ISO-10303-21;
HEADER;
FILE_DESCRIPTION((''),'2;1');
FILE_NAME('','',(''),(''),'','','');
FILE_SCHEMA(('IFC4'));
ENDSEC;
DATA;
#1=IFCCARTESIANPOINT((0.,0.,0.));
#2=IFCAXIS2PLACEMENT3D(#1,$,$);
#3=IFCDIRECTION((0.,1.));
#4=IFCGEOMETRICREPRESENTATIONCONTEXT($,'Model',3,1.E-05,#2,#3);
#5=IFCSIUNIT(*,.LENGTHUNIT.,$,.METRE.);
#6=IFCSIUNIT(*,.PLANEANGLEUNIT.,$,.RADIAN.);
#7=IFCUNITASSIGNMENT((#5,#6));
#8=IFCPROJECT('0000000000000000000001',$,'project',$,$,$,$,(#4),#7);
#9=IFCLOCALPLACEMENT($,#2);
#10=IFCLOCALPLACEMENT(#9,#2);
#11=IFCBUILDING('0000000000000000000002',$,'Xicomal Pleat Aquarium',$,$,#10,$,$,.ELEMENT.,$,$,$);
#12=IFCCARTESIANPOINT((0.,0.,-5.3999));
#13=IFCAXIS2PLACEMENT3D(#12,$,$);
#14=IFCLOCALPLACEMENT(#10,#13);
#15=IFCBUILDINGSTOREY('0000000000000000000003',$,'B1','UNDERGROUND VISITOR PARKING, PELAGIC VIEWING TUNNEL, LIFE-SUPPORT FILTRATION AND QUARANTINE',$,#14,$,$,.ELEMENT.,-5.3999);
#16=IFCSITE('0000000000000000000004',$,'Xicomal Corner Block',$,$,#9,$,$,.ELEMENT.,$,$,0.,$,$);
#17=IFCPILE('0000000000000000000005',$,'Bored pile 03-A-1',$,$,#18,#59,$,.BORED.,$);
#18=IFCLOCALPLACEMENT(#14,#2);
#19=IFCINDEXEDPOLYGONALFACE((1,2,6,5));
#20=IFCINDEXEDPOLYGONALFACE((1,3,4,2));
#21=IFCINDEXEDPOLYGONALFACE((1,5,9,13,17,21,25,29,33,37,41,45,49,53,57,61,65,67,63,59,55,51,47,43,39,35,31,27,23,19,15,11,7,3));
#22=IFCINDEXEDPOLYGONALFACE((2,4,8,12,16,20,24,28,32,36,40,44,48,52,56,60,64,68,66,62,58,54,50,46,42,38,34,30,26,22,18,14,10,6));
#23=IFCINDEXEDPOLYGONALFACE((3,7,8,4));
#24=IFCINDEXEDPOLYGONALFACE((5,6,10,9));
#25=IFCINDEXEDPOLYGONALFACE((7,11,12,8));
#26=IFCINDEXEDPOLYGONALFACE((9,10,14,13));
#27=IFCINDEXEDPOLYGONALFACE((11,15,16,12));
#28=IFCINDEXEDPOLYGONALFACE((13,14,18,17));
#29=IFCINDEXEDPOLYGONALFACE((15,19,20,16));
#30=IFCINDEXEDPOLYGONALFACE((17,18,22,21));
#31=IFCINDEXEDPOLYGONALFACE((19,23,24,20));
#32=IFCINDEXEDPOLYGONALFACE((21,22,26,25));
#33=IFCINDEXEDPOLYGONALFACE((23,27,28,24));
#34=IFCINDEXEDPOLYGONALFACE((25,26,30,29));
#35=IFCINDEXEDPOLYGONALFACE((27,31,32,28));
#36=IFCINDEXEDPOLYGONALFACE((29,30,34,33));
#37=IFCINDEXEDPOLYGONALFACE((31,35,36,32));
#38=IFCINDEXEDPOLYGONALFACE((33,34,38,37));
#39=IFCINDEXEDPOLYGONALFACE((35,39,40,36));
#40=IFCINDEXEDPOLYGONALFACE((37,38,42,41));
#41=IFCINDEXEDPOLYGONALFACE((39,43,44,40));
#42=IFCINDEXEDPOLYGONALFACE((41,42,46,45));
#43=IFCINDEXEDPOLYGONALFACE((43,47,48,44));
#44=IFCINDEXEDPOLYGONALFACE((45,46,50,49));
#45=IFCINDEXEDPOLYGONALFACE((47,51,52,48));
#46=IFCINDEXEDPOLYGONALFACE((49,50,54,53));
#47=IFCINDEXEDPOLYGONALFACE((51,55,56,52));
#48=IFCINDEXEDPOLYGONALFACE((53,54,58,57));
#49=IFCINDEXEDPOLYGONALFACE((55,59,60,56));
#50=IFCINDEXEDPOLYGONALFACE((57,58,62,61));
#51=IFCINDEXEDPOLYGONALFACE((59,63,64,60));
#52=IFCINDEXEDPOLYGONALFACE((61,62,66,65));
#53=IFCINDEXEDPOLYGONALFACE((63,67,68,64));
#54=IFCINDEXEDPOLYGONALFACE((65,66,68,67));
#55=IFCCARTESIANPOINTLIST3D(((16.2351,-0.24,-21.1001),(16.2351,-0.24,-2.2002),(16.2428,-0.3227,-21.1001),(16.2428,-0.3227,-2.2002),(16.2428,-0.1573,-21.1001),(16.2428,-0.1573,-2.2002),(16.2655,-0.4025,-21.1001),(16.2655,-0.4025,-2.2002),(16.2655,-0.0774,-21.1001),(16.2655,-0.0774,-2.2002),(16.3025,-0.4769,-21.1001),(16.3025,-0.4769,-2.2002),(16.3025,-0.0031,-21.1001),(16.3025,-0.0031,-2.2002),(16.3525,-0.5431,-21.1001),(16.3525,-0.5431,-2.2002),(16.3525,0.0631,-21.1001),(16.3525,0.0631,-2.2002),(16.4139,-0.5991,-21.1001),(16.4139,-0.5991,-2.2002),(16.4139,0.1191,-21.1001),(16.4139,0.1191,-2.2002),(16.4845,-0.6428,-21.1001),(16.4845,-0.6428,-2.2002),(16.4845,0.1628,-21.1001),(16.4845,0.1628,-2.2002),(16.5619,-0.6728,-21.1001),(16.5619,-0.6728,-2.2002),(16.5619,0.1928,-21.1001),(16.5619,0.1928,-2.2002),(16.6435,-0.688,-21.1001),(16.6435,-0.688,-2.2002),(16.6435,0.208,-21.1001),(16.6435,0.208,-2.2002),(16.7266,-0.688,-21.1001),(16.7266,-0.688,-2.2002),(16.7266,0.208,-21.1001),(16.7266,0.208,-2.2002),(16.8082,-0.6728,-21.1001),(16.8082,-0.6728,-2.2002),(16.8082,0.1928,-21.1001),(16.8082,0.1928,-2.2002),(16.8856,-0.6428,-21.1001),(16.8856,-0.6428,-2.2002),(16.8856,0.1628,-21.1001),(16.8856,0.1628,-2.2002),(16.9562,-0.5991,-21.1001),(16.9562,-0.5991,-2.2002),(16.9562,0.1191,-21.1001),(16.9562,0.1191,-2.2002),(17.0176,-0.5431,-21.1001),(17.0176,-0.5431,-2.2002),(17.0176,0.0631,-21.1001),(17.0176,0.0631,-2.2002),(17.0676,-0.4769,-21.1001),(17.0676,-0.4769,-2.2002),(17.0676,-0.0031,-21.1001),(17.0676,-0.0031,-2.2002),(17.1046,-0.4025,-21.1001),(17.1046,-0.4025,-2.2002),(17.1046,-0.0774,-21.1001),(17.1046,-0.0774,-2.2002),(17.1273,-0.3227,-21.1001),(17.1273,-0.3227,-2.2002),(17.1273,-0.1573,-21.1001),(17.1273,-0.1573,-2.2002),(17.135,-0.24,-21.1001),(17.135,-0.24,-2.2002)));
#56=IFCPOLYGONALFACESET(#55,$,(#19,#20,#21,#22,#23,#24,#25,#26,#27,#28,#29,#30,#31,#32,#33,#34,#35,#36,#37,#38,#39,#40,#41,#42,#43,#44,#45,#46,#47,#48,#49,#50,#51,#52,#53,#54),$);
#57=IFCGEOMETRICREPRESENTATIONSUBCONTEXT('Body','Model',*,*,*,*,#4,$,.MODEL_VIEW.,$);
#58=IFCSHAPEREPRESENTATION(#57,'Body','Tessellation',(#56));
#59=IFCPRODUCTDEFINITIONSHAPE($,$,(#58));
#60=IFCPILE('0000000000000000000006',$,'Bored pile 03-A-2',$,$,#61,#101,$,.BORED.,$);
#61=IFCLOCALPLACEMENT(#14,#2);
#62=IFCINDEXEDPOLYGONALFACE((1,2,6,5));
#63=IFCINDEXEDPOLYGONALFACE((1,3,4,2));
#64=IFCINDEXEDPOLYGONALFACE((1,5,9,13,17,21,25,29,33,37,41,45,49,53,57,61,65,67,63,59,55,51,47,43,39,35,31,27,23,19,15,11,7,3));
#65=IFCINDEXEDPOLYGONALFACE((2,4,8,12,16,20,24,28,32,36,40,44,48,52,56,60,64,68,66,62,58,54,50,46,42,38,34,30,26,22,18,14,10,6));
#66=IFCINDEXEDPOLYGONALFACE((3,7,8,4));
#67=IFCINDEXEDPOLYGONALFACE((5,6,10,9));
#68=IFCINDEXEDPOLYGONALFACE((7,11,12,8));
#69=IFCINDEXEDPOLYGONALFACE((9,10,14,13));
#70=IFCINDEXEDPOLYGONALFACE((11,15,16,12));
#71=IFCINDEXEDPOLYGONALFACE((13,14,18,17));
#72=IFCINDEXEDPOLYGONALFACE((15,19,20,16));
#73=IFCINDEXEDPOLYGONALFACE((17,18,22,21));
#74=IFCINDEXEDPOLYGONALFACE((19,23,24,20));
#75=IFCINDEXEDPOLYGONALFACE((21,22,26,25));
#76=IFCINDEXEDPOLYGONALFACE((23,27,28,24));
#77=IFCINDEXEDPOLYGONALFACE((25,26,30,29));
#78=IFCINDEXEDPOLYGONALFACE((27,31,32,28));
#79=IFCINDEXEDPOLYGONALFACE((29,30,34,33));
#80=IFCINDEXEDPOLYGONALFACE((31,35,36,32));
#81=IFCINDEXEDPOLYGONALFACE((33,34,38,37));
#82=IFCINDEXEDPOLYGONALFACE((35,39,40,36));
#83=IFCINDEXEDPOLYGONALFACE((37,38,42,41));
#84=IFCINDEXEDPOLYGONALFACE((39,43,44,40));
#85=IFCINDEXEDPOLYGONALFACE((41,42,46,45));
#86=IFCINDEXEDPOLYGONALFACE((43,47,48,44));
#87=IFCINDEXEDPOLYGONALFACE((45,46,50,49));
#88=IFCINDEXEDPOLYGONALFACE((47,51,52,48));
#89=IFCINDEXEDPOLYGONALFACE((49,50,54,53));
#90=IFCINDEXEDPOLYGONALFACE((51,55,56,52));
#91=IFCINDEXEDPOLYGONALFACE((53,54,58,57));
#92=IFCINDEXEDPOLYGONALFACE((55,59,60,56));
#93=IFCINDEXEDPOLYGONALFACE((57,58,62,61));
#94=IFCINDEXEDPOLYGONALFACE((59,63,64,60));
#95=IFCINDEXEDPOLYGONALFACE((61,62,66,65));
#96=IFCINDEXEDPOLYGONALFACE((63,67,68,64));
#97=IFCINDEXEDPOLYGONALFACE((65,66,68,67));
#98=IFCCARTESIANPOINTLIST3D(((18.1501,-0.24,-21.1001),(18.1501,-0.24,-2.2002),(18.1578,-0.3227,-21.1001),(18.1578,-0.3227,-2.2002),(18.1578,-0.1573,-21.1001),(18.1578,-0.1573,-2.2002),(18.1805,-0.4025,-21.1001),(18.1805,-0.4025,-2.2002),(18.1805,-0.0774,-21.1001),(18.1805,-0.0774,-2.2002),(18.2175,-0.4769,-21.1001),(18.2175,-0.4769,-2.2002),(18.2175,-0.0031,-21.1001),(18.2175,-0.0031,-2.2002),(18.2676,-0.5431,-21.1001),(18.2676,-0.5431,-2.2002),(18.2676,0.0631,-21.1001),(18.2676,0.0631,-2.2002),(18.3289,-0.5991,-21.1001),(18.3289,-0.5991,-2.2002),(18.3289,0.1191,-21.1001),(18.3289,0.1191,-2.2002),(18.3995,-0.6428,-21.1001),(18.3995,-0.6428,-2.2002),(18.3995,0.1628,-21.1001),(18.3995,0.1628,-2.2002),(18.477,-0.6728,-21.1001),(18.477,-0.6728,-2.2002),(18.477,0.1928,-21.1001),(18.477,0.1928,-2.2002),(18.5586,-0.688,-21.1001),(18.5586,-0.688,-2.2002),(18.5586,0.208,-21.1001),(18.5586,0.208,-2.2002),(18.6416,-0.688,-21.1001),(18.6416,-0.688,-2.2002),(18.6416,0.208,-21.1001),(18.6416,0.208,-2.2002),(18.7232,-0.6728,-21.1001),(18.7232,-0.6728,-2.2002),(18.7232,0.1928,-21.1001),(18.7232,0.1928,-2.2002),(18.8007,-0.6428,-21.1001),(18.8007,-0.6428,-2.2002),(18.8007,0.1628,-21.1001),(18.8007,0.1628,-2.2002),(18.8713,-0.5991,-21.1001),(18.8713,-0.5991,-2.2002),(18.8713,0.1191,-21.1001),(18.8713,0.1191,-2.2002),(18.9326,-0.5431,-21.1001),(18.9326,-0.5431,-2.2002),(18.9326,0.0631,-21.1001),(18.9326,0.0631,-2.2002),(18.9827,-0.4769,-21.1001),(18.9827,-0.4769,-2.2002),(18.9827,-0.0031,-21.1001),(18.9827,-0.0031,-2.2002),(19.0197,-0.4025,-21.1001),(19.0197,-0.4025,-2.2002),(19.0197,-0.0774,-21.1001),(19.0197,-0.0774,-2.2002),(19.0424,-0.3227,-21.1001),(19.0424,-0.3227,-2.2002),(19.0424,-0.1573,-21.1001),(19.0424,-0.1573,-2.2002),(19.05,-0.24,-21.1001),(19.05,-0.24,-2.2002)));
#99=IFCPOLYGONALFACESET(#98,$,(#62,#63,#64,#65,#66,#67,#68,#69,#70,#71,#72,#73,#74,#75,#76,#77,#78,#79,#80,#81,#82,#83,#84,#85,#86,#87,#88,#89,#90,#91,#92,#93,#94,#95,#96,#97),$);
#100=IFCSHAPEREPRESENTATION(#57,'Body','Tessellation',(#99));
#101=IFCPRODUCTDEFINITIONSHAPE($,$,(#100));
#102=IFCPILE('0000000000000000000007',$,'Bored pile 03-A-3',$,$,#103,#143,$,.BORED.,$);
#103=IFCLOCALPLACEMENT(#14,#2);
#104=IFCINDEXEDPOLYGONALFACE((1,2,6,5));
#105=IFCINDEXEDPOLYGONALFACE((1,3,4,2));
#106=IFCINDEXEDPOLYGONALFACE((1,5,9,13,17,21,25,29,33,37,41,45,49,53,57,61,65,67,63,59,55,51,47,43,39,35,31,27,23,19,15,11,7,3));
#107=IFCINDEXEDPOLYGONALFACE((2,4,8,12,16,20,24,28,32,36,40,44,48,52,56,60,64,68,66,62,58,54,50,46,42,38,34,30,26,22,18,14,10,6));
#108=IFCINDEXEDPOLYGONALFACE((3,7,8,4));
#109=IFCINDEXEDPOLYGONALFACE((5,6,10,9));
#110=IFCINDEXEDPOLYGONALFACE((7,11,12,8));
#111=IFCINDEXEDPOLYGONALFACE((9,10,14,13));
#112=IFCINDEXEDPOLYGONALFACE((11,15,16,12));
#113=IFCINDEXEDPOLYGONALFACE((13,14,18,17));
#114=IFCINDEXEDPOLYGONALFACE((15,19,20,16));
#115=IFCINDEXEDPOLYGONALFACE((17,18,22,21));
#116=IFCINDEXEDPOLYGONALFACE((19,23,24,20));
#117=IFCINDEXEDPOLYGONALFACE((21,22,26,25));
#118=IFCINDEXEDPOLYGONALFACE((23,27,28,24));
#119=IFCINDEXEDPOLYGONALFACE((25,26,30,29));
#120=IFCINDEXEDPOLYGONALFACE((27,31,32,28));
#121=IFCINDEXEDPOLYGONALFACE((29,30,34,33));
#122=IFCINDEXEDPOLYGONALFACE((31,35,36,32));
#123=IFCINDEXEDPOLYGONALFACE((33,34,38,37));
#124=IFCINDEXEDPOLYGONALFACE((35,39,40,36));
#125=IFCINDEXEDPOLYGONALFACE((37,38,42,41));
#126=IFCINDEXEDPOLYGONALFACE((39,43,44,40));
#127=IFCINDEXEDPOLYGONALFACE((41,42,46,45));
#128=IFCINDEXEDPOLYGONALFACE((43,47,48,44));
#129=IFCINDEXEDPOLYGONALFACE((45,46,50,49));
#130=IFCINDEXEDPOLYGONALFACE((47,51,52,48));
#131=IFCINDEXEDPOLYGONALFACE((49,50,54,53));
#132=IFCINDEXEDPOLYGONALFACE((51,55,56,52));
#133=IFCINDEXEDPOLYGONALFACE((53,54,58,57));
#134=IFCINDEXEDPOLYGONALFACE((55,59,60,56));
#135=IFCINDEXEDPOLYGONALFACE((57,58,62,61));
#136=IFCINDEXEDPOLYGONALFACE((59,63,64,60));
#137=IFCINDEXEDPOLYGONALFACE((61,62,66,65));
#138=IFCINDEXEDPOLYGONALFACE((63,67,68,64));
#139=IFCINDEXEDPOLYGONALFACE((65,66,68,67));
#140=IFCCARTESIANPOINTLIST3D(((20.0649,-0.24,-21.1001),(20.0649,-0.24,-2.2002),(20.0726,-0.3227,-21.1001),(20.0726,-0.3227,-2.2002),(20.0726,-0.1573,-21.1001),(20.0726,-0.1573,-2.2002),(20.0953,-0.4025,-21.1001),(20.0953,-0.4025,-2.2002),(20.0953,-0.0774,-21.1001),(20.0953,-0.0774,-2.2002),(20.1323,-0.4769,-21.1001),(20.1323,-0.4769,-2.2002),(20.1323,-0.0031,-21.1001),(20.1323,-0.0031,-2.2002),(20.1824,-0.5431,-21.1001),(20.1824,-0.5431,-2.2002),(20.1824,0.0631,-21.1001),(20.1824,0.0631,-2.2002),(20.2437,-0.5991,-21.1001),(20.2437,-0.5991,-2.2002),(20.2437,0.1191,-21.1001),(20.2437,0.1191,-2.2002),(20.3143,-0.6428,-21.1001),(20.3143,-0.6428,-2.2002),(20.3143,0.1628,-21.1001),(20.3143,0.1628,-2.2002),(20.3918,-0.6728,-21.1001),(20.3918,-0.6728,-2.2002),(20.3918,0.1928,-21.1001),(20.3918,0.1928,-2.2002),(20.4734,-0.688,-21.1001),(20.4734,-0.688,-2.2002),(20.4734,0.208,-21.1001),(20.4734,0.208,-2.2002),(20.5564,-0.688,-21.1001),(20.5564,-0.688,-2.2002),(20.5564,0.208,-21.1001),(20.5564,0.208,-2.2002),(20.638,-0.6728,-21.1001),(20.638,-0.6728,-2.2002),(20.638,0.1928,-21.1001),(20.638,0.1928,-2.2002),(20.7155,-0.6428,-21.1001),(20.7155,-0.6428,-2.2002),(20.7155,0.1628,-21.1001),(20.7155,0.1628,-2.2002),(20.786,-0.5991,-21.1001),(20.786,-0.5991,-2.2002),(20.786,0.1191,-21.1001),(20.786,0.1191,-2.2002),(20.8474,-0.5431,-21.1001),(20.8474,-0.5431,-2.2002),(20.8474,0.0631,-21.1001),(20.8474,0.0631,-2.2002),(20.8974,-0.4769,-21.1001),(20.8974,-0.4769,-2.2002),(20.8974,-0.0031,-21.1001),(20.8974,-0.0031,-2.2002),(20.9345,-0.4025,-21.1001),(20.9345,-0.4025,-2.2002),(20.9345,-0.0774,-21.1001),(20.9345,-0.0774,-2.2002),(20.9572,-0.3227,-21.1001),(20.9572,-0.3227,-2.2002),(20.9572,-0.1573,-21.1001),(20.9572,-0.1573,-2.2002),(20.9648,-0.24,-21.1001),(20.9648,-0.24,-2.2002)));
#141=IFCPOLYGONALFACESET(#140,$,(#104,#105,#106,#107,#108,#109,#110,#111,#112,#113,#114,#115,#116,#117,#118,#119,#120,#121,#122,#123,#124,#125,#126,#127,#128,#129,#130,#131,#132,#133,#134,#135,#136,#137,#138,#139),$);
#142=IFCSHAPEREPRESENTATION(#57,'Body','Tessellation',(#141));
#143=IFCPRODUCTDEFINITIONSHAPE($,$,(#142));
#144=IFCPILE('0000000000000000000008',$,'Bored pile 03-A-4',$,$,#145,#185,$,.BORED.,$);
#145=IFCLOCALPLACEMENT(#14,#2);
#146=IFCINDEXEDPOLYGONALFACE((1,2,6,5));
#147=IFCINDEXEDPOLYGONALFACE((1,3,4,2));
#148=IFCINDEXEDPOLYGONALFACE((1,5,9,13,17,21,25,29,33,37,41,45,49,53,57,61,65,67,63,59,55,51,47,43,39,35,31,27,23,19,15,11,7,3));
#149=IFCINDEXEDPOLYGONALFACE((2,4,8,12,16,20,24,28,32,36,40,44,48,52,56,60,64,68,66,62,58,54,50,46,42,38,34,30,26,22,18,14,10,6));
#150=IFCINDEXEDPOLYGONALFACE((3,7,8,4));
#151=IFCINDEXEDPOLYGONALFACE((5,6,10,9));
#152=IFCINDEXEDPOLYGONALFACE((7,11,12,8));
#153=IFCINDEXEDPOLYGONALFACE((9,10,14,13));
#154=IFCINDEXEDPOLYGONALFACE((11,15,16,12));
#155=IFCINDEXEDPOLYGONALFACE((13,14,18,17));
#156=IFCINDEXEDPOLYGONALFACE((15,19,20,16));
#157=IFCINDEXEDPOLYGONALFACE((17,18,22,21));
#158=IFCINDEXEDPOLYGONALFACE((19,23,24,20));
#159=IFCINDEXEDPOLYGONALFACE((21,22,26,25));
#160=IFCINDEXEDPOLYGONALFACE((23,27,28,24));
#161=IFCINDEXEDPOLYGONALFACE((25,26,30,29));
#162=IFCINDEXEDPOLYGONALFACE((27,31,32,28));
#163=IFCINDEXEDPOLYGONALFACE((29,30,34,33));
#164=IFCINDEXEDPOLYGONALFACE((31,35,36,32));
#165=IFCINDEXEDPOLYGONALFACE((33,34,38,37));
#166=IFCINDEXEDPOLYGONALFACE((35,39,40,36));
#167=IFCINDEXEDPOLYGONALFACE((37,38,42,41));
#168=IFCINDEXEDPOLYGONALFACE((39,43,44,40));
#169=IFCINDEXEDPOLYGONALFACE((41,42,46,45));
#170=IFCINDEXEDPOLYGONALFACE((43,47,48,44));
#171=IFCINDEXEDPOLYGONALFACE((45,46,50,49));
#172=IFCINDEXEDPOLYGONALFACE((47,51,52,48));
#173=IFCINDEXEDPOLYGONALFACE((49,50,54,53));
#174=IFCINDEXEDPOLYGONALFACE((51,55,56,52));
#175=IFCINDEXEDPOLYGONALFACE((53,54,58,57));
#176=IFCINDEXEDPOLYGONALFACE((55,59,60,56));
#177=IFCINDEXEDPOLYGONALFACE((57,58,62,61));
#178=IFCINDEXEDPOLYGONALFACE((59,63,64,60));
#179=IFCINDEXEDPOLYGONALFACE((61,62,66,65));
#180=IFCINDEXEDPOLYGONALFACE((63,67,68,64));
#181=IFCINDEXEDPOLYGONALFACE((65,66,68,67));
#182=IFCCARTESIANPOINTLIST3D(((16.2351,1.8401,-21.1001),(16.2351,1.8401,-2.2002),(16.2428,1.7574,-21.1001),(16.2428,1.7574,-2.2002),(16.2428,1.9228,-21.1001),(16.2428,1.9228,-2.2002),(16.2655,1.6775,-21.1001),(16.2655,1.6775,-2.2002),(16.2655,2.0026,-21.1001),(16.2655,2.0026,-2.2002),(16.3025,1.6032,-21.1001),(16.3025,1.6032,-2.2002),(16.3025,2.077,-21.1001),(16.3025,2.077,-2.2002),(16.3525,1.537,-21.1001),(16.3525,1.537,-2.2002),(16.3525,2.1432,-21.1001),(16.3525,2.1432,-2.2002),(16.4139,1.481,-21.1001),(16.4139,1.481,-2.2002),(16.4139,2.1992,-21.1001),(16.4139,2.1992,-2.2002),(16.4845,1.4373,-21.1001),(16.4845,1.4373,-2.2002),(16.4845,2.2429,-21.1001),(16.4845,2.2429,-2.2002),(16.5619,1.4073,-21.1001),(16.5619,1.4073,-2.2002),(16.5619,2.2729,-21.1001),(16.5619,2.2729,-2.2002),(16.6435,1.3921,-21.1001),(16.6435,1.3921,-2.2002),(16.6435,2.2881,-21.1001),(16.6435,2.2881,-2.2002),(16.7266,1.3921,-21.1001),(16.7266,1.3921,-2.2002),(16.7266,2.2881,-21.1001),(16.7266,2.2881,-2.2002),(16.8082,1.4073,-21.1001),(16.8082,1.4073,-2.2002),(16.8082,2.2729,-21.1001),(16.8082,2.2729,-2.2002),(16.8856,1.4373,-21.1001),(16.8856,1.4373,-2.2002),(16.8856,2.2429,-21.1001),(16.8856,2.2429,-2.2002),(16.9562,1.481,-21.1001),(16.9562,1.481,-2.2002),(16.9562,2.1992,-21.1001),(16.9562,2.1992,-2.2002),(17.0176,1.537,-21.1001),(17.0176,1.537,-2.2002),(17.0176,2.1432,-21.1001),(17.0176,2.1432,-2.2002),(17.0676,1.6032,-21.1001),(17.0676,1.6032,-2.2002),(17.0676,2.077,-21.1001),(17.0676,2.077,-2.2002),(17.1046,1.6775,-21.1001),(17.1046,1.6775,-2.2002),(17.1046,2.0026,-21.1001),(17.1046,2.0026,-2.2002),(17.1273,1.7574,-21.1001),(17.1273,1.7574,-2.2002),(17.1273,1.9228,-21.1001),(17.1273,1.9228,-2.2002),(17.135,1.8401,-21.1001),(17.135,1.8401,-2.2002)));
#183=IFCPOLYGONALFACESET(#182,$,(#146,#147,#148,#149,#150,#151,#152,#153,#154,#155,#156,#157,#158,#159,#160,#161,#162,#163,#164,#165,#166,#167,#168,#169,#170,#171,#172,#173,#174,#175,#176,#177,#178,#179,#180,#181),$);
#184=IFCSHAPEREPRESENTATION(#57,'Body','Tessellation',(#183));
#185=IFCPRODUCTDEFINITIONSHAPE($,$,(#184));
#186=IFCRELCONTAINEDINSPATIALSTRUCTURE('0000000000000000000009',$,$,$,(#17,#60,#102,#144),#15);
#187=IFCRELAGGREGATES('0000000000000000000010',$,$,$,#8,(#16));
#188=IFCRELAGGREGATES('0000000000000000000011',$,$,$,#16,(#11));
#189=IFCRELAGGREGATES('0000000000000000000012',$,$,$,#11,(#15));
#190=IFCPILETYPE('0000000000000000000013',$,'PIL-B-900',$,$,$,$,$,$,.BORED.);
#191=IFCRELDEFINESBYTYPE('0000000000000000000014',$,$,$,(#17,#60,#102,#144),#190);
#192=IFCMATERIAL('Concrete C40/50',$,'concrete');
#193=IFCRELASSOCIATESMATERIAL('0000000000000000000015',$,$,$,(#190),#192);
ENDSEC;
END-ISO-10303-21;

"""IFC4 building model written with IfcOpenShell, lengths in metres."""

from ifc_helpers import new_model, si_unit, direction, frame, origin, origin_2d, place, context, subcontext, project, spatial, circle, extrude, material, material_profile, profile_set, type_object, element, save


model = new_model("IFC4")

# Units and contexts
model_context = context("Model", 3, precision=1e-05, world=origin(), true_north=direction((0.0, 1.0)))
body_context = subcontext(model_context, "Body", "Model", "MODEL_VIEW")
ifc_project = project(units=[si_unit("LENGTHUNIT", "METRE"), si_unit("PLANEANGLEUNIT", "RADIAN")], contexts=[model_context])

# Site, building, storey
site_placement = place(None, origin())
site = spatial("IfcSite", under=ifc_project, at=site_placement, Name="Xicomal Corner Block", CompositionType="ELEMENT", RefElevation=0.0)
building_placement = place(site_placement, origin())
building = spatial("IfcBuilding", under=site, at=building_placement, Name="Xicomal Pleat Aquarium", CompositionType="ELEMENT")
storey_placement = place(building_placement, frame((0.0, 0.0, -5.3999)))
storey = spatial("IfcBuildingStorey", under=building, at=storey_placement, Name="B1", Description="UNDERGROUND VISITOR PARKING, PELAGIC VIEWING TUNNEL, LIFE-SUPPORT FILTRATION AND QUARANTINE", CompositionType="ELEMENT", Elevation=-5.3999)

# Piles
ifc_material_1 = material(Name="Concrete C40/50", Category="concrete")
ifc_material_profile_1 = material_profile(ifc_material_1, circle(Radius=0.45, at=origin_2d()), Name="BORED PILE D900")
ifc_profile_set_1 = profile_set([ifc_material_profile_1], Name="Concrete C40/50")
pile_type_1 = type_object("IfcPileType", Name="PIL-B-900", PredefinedType="BORED", material=ifc_profile_set_1)
for number, where, z_axis, x_axis, name in (
    (1, (16.6851, -0.24, -2.2002), (0.0, 0.0, -1.0), (1.0, 0.0, 0.0), "Bored pile 03-A-1"),
    (2, (18.6001, -0.24, -2.2002), (0.0, 0.0, -1.0), (1.0, 0.0, 0.0), "Bored pile 03-A-2"),
    (3, (20.5149, -0.24, -2.2002), (0.0, 0.0, -1.0), (1.0, 0.0, 0.0), "Bored pile 03-A-3"),
    (4, (16.6851, 1.8401, -2.2002), (0.0, 0.0, -1.0), (1.0, 0.0, 0.0), "Bored pile 03-A-4"),
):
    element("IfcPile", number, at=place(storey_placement, frame(where, z_axis=z_axis, x_axis=x_axis)), inside=storey, type_object=pile_type_1, Name=name, PredefinedType="BORED", context=body_context, shape_type="SweptSolid", body=[
        extrude(circle(Radius=0.45, at=origin_2d()), origin(), (0.0, 0.0, 1.0), 18.8999),
    ])

save(model, "model.ifc")
